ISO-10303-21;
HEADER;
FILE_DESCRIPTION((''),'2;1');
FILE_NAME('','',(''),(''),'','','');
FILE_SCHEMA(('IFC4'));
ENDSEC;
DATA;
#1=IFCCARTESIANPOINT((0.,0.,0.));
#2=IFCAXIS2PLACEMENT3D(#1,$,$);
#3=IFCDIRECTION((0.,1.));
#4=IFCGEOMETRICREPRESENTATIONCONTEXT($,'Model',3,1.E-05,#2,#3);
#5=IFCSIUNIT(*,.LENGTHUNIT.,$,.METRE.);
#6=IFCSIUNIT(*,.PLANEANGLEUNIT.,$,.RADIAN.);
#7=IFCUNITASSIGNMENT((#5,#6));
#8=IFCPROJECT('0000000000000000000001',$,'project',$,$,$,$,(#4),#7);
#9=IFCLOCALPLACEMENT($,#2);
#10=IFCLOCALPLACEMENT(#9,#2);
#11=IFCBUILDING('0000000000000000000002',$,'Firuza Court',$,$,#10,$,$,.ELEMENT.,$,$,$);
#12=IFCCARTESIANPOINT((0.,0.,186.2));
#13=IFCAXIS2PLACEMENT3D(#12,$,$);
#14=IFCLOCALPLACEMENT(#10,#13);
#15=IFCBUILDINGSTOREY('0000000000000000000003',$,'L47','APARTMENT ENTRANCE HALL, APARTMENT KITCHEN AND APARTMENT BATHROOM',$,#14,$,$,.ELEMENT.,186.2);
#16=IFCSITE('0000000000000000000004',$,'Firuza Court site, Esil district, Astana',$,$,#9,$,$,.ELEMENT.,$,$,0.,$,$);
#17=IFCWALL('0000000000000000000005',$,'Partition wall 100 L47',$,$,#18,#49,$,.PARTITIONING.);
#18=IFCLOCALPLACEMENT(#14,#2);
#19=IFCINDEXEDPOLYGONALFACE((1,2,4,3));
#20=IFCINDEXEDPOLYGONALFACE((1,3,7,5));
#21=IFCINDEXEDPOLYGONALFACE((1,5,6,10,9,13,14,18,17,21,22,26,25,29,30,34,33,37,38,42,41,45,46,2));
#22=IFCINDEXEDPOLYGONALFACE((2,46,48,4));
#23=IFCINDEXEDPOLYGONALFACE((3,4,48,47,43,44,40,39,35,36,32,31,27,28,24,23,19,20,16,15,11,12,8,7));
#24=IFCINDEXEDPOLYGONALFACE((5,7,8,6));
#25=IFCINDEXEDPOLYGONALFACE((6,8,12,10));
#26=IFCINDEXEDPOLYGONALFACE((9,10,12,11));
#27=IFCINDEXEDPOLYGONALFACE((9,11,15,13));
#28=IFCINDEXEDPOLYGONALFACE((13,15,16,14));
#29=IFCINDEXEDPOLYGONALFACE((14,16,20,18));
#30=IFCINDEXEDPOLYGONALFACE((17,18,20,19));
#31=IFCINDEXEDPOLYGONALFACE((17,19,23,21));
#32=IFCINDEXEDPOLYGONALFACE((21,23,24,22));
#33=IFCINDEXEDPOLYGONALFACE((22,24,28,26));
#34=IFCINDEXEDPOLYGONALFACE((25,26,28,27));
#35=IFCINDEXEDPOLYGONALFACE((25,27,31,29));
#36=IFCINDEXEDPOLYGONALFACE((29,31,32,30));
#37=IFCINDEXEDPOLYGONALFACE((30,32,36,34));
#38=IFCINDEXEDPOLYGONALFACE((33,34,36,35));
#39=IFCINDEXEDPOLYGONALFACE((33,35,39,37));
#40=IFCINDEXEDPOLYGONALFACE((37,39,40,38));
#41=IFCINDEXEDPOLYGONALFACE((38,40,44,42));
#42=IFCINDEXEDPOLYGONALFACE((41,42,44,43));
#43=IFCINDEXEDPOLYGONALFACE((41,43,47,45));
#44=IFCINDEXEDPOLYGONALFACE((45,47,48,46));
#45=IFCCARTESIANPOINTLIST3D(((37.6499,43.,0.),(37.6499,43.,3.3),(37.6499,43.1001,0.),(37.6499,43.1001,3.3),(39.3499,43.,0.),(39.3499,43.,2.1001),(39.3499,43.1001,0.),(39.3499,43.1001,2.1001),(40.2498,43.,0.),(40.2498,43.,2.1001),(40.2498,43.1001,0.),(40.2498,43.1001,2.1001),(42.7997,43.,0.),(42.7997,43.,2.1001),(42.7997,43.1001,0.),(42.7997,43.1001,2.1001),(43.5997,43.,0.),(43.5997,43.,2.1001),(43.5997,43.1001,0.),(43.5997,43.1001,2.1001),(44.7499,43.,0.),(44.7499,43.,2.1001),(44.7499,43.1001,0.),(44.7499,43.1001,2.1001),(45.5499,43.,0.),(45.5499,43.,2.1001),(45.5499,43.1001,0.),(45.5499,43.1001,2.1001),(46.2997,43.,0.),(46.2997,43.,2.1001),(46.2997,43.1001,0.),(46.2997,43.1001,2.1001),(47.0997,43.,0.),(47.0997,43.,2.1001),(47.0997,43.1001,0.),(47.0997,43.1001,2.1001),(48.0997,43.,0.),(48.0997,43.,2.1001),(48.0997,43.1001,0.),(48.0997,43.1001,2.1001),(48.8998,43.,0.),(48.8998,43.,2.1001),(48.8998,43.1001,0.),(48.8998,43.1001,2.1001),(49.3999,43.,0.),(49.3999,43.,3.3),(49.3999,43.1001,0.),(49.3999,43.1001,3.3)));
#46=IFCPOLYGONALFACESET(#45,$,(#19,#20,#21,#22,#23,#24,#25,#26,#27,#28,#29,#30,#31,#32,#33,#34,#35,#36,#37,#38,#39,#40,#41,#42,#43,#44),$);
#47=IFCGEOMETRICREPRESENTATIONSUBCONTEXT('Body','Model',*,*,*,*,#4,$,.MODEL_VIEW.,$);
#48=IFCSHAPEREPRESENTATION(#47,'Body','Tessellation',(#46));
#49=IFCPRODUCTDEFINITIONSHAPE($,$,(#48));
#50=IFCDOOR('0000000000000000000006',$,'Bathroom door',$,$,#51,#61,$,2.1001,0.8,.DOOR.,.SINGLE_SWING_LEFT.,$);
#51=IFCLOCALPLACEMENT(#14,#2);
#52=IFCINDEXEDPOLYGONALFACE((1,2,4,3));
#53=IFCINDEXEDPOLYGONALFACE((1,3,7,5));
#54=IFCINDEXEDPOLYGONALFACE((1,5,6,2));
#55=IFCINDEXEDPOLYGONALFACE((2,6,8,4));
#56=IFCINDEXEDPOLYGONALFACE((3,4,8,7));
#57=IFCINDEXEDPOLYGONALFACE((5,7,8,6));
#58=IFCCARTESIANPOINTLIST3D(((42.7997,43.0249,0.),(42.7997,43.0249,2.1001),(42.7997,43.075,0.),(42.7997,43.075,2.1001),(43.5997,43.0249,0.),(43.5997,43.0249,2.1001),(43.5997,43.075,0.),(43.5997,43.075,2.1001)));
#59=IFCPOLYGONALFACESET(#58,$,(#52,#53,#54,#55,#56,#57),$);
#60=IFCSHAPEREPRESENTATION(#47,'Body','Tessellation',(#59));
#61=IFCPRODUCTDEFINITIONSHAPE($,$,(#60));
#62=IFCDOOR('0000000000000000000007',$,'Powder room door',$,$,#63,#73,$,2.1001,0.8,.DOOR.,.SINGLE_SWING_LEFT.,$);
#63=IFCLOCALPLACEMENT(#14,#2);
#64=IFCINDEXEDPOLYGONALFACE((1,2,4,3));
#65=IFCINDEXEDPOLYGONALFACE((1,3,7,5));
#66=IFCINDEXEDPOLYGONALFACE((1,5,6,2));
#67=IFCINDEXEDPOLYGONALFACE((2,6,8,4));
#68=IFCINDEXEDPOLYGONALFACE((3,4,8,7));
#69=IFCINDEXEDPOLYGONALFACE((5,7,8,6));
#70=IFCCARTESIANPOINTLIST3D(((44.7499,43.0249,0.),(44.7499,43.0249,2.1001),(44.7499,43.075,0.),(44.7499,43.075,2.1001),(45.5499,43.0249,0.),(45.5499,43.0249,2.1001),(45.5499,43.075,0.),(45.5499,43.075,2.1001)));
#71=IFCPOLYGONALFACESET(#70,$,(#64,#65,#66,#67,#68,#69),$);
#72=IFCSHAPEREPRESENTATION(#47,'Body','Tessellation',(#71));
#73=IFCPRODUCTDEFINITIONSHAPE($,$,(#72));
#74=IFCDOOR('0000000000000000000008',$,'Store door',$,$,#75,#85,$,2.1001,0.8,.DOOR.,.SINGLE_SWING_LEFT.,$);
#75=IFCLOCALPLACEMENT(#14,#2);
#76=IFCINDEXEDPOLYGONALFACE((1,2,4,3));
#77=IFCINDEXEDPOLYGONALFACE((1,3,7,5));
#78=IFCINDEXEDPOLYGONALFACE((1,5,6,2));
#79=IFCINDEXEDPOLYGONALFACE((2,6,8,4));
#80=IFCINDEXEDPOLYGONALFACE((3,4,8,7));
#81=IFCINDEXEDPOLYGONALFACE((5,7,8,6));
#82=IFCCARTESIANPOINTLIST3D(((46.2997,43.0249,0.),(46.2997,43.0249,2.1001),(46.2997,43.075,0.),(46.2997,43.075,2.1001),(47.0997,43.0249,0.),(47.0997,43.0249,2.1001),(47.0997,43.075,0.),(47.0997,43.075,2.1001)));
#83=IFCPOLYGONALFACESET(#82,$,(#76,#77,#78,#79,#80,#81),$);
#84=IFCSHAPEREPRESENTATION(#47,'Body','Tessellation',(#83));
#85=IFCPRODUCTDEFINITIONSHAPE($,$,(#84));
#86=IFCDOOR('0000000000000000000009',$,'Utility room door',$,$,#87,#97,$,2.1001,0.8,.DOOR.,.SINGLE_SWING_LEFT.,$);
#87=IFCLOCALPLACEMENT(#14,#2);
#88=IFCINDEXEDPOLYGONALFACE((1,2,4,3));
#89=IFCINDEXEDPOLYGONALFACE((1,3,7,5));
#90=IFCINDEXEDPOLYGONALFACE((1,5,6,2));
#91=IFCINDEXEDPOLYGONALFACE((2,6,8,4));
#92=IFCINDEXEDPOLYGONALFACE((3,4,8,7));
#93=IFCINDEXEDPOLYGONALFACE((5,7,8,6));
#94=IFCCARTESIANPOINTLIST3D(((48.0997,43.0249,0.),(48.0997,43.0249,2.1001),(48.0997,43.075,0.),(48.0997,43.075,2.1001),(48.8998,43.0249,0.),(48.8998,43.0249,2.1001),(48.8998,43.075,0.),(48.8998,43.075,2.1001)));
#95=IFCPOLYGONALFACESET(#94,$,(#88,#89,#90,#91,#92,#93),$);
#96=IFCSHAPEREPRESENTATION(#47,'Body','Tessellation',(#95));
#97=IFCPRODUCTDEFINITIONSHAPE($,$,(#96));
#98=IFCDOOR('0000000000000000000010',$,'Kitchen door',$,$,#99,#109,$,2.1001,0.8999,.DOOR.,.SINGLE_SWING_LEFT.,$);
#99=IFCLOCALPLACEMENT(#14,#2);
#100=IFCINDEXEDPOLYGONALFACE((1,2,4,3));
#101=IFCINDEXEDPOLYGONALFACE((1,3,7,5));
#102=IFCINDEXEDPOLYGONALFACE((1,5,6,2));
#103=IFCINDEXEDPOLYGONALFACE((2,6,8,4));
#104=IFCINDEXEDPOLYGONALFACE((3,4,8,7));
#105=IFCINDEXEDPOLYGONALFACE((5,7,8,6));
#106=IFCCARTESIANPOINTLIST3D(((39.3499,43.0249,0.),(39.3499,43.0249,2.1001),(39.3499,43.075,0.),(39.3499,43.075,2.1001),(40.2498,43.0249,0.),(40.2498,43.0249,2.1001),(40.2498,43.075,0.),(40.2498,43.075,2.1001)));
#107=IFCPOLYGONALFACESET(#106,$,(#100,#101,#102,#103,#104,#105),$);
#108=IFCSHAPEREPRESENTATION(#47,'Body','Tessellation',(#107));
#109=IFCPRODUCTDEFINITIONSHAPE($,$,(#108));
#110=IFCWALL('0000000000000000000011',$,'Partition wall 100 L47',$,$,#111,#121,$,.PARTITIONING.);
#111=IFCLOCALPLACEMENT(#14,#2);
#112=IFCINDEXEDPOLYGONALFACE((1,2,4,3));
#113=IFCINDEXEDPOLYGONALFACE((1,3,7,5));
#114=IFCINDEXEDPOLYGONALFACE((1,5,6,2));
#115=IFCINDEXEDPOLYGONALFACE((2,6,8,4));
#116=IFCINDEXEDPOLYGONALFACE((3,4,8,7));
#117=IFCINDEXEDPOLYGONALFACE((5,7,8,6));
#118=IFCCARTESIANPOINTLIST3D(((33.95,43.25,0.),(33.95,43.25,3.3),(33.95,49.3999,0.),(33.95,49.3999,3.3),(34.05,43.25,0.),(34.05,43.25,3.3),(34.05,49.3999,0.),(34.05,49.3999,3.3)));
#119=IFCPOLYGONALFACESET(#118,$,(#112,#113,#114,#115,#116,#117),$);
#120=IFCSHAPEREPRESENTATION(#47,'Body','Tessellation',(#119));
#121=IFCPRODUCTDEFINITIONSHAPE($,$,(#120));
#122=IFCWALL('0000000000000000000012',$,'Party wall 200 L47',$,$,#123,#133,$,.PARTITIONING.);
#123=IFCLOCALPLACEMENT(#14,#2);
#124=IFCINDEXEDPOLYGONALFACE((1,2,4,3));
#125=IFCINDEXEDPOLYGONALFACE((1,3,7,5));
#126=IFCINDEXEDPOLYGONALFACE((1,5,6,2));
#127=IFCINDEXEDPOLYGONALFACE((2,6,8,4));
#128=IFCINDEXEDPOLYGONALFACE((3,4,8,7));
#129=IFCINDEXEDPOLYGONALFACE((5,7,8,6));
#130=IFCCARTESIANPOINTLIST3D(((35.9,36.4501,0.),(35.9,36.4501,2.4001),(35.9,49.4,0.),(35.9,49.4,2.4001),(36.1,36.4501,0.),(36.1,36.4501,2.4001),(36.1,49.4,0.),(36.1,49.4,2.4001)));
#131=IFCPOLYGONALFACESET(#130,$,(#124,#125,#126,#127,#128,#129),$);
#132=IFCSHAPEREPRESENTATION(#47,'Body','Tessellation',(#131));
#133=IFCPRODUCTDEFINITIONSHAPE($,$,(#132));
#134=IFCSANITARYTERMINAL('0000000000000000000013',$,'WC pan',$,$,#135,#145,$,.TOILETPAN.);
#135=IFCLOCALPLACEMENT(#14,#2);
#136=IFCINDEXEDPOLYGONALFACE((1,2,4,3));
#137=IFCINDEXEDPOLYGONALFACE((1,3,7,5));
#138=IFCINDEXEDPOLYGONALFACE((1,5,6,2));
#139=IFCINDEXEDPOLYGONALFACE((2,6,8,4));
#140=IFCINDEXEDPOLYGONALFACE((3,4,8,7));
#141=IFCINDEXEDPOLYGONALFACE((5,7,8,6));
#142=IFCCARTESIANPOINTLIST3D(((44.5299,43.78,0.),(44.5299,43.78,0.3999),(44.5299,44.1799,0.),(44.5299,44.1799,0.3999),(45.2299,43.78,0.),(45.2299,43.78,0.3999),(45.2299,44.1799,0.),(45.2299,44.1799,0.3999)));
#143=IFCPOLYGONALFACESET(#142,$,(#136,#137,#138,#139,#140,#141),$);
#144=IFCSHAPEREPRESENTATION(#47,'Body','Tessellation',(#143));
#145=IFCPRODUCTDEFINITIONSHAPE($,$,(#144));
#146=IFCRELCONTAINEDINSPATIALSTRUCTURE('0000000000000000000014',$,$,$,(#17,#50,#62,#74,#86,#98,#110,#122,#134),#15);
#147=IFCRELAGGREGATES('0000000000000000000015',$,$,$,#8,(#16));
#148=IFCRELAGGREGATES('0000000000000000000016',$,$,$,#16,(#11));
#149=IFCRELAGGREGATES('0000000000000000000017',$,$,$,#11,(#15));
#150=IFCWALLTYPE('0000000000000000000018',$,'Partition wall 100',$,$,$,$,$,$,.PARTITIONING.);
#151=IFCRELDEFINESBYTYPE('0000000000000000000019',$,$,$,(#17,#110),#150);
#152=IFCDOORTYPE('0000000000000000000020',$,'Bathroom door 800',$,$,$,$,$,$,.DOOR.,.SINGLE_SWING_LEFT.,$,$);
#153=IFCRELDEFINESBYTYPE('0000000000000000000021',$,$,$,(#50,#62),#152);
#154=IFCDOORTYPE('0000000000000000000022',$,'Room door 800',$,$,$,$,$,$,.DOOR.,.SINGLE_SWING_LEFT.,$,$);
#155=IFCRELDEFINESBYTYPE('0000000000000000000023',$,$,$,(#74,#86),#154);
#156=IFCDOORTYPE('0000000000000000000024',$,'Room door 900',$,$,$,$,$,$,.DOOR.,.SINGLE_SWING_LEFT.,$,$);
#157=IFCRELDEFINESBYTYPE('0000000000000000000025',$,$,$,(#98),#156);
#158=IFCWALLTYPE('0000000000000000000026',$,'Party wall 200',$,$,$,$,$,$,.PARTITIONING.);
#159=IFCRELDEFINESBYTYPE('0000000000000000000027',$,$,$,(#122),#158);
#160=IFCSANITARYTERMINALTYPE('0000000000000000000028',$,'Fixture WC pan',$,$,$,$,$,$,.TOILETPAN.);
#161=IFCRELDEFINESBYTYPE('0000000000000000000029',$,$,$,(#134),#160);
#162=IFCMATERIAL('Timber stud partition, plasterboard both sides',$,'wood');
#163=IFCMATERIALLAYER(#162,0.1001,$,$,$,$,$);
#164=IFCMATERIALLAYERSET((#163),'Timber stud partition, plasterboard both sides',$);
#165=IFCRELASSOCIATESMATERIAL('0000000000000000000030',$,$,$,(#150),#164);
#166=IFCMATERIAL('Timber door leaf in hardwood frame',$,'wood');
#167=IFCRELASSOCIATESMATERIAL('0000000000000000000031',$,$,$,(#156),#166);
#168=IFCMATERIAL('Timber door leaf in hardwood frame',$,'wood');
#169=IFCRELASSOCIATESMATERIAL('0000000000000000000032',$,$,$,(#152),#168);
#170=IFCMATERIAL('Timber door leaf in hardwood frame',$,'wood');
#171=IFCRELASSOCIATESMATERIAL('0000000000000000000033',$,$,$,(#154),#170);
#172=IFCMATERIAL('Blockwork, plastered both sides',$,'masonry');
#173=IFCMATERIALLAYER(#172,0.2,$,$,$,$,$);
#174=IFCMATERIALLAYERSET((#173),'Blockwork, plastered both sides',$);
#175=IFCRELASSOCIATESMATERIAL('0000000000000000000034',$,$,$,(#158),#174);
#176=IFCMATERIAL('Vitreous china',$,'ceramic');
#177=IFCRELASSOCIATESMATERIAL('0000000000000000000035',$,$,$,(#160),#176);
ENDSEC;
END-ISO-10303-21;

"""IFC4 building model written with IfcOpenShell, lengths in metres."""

from ifc_helpers import new_model, si_unit, direction, frame, frame_2d, origin, origin_2d, place, context, subcontext, project, spatial, rectangle, extrude, material, layer, layer_set, type_object, element, fill, save


model = new_model("IFC4")

# Units and contexts
model_context = context("Model", 3, precision=1e-05, world=origin(), true_north=direction((0.0, 1.0)))
body_context = subcontext(model_context, "Body", "Model", "MODEL_VIEW")
ifc_project = project(units=[si_unit("LENGTHUNIT", "METRE"), si_unit("PLANEANGLEUNIT", "RADIAN")], contexts=[model_context])

# Site, building, storey
site_placement = place(None, origin())
site = spatial("IfcSite", under=ifc_project, at=site_placement, Name="Firuza Court site, Esil district, Astana", CompositionType="ELEMENT", RefElevation=0.0)
building_placement = place(site_placement, origin())
building = spatial("IfcBuilding", under=site, at=building_placement, Name="Firuza Court", CompositionType="ELEMENT")
storey_placement = place(building_placement, frame((0.0, 0.0, 186.2)))
storey = spatial("IfcBuildingStorey", under=building, at=storey_placement, Name="L47", Description="APARTMENT ENTRANCE HALL, APARTMENT KITCHEN AND APARTMENT BATHROOM", CompositionType="ELEMENT", Elevation=186.2)

# Shared definitions
ifc_material_1 = material(Name="Timber stud partition, plasterboard both sides", Category="wood")
ifc_layer_1 = layer(ifc_material_1, 0.1001)
ifc_layer_set_1 = layer_set([ifc_layer_1], Name="Timber stud partition, plasterboard both sides")
wall_type_1 = type_object("IfcWallType", Name="Partition wall 100", PredefinedType="PARTITIONING", material=ifc_layer_set_1)

# Shared definitions
ifc_material_2 = material(Name="Timber door leaf in hardwood frame", Category="wood")
door_type_1 = type_object("IfcDoorType", Name="Room door 900", OperationType="SINGLE_SWING_LEFT", PredefinedType="DOOR", material=ifc_material_2)

# Wall, openings, doors
wall_1_placement = place(storey_placement, frame((37.6499, 43.05, 0.0), z_axis=(0.0, 0.0, 1.0), x_axis=(1.0, 0.0, 0.0)))
wall_1 = element("IfcWall", 1, at=wall_1_placement, inside=storey, type_object=wall_type_1, Name="Partition wall 100 L47", PredefinedType="PARTITIONING", context=body_context, shape_type="SweptSolid", body=[
    extrude(rectangle(XDim=11.75, YDim=0.1001, at=frame_2d((5.875, 0.0))), origin(), (0.0, 0.0, 1.0), 3.3),
])
opening_1_placement = place(wall_1_placement, frame((5.1499, 0.0, 0.0)))
opening_1 = element("IfcOpeningElement", 2, at=opening_1_placement, cuts=wall_1, PredefinedType="OPENING", context=body_context, shape_type="SweptSolid", body=[
    extrude(rectangle(XDim=0.8, YDim=2.1001, at=frame_2d((0.3999, 1.05))), frame((0.0, 0.062, 0.0), z_axis=(0.0, -1.0, 0.0), x_axis=(1.0, 0.0, 0.0)), (0.0, 0.0, 1.0), 0.124),
])
opening_2_placement = place(wall_1_placement, frame((1.7, 0.0, 0.0)))
opening_2 = element("IfcOpeningElement", 3, at=opening_2_placement, cuts=wall_1, PredefinedType="OPENING", context=body_context, shape_type="SweptSolid", body=[
    extrude(rectangle(XDim=0.8999, YDim=2.1001, at=frame_2d((0.45, 1.05))), frame((0.0, 0.062, 0.0), z_axis=(0.0, -1.0, 0.0), x_axis=(1.0, 0.0, 0.0)), (0.0, 0.0, 1.0), 0.124),
])
opening_3_placement = place(wall_1_placement, frame((8.6499, 0.0, 0.0)))
opening_3 = element("IfcOpeningElement", 4, at=opening_3_placement, cuts=wall_1, PredefinedType="OPENING", context=body_context, shape_type="SweptSolid", body=[
    extrude(rectangle(XDim=0.8, YDim=2.1001, at=frame_2d((0.3999, 1.05))), frame((0.0, 0.062, 0.0), z_axis=(0.0, -1.0, 0.0), x_axis=(1.0, 0.0, 0.0)), (0.0, 0.0, 1.0), 0.124),
])
opening_4_placement = place(wall_1_placement, frame((10.45, 0.0, 0.0)))
opening_4 = element("IfcOpeningElement", 5, at=opening_4_placement, cuts=wall_1, PredefinedType="OPENING", context=body_context, shape_type="SweptSolid", body=[
    extrude(rectangle(XDim=0.8, YDim=2.1001, at=frame_2d((0.3999, 1.05))), frame((0.0, 0.062, 0.0), z_axis=(0.0, -1.0, 0.0), x_axis=(1.0, 0.0, 0.0)), (0.0, 0.0, 1.0), 0.124),
])
opening_5_placement = place(wall_1_placement, frame((7.1001, 0.0, 0.0)))
opening_5 = element("IfcOpeningElement", 6, at=opening_5_placement, cuts=wall_1, PredefinedType="OPENING", context=body_context, shape_type="SweptSolid", body=[
    extrude(rectangle(XDim=0.8, YDim=2.1001, at=frame_2d((0.3999, 1.05))), frame((0.0, 0.062, 0.0), z_axis=(0.0, -1.0, 0.0), x_axis=(1.0, 0.0, 0.0)), (0.0, 0.0, 1.0), 0.124),
])
ifc_material_3 = material(Name="Timber door leaf in hardwood frame", Category="wood")
door_type_2 = type_object("IfcDoorType", Name="Bathroom door 800", OperationType="SINGLE_SWING_LEFT", PredefinedType="DOOR", material=ifc_material_3)
door_1_placement = place(opening_1_placement, origin())
door_1 = element("IfcDoor", 7, at=door_1_placement, inside=storey, type_object=door_type_2, Name="Bathroom door", OperationType="SINGLE_SWING_LEFT", OverallHeight=2.1001, OverallWidth=0.8, PredefinedType="DOOR", context=body_context, shape_type="SweptSolid", body=[
    extrude(rectangle(XDim=0.8, YDim=2.1001, at=frame_2d((0.3999, 1.05))), frame((0.0, 0.0249, 0.0), z_axis=(0.0, -1.0, 0.0), x_axis=(1.0, 0.0, 0.0)), (0.0, 0.0, 1.0), 0.05),
])
fill(opening_1, door_1)
door_2_placement = place(opening_5_placement, origin())
door_2 = element("IfcDoor", 8, at=door_2_placement, inside=storey, type_object=door_type_2, Name="Powder room door", OperationType="SINGLE_SWING_LEFT", OverallHeight=2.1001, OverallWidth=0.8, PredefinedType="DOOR", context=body_context, shape_type="SweptSolid", body=[
    extrude(rectangle(XDim=0.8, YDim=2.1001, at=frame_2d((0.3999, 1.05))), frame((0.0, 0.0249, 0.0), z_axis=(0.0, -1.0, 0.0), x_axis=(1.0, 0.0, 0.0)), (0.0, 0.0, 1.0), 0.05),
])
fill(opening_5, door_2)
ifc_material_4 = material(Name="Timber door leaf in hardwood frame", Category="wood")
door_type_3 = type_object("IfcDoorType", Name="Room door 800", OperationType="SINGLE_SWING_LEFT", PredefinedType="DOOR", material=ifc_material_4)
door_3_placement = place(opening_3_placement, origin())
door_3 = element("IfcDoor", 9, at=door_3_placement, inside=storey, type_object=door_type_3, Name="Store door", OperationType="SINGLE_SWING_LEFT", OverallHeight=2.1001, OverallWidth=0.8, PredefinedType="DOOR", context=body_context, shape_type="SweptSolid", body=[
    extrude(rectangle(XDim=0.8, YDim=2.1001, at=frame_2d((0.3999, 1.05))), frame((0.0, 0.0249, 0.0), z_axis=(0.0, -1.0, 0.0), x_axis=(1.0, 0.0, 0.0)), (0.0, 0.0, 1.0), 0.05),
])
fill(opening_3, door_3)
door_4_placement = place(opening_4_placement, origin())
door_4 = element("IfcDoor", 10, at=door_4_placement, inside=storey, type_object=door_type_3, Name="Utility room door", OperationType="SINGLE_SWING_LEFT", OverallHeight=2.1001, OverallWidth=0.8, PredefinedType="DOOR", context=body_context, shape_type="SweptSolid", body=[
    extrude(rectangle(XDim=0.8, YDim=2.1001, at=frame_2d((0.3999, 1.05))), frame((0.0, 0.0249, 0.0), z_axis=(0.0, -1.0, 0.0), x_axis=(1.0, 0.0, 0.0)), (0.0, 0.0, 1.0), 0.05),
])
fill(opening_4, door_4)
door_5_placement = place(opening_2_placement, origin())
door_5 = element("IfcDoor", 11, at=door_5_placement, inside=storey, type_object=door_type_1, Name="Kitchen door", OperationType="SINGLE_SWING_LEFT", OverallHeight=2.1001, OverallWidth=0.8999, PredefinedType="DOOR", context=body_context, shape_type="SweptSolid", body=[
    extrude(rectangle(XDim=0.8999, YDim=2.1001, at=frame_2d((0.45, 1.05))), frame((0.0, 0.0249, 0.0), z_axis=(0.0, -1.0, 0.0), x_axis=(1.0, 0.0, 0.0)), (0.0, 0.0, 1.0), 0.05),
])
fill(opening_2, door_5)

# Walls
wall_2_placement = place(storey_placement, frame((34.0, 43.25, 0.0), z_axis=(0.0, 0.0, 1.0), x_axis=(0.0, 1.0, 0.0)))
element("IfcWall", 12, at=wall_2_placement, inside=storey, type_object=wall_type_1, Name="Partition wall 100 L47", PredefinedType="PARTITIONING", context=body_context, shape_type="SweptSolid", body=[
    extrude(rectangle(XDim=6.1499, YDim=0.1001, at=frame_2d((3.075, 0.0))), origin(), (0.0, 0.0, 1.0), 3.3),
])
ifc_material_5 = material(Name="Blockwork, plastered both sides", Category="masonry")
ifc_layer_2 = layer(ifc_material_5, 0.2)
ifc_layer_set_2 = layer_set([ifc_layer_2], Name="Blockwork, plastered both sides")
wall_type_2 = type_object("IfcWallType", Name="Party wall 200", PredefinedType="PARTITIONING", material=ifc_layer_set_2)
wall_3_placement = place(storey_placement, frame((36.0, 36.45, 0.0), z_axis=(0.0, 0.0, 1.0), x_axis=(0.0, 1.0, 0.0)))
element("IfcWall", 13, at=wall_3_placement, inside=storey, type_object=wall_type_2, Name="Party wall 200 L47", PredefinedType="PARTITIONING", context=body_context, shape_type="SweptSolid", body=[
    extrude(rectangle(XDim=12.95, YDim=0.2, at=frame_2d((6.4751, 0.0))), origin(), (0.0, 0.0, 1.0), 2.4001),
])

# Sanitary terminal
ifc_material_6 = material(Name="Vitreous china", Category="ceramic")
sanitary_terminal_type = type_object("IfcSanitaryTerminalType", Name="Fixture WC pan", PredefinedType="TOILETPAN", material=ifc_material_6)
sanitary_terminal_placement = place(storey_placement, frame((44.8799, 43.98, 0.0), z_axis=(0.0, 0.0, 1.0), x_axis=(1.0, 0.0, 0.0)))
element("IfcSanitaryTerminal", 14, at=sanitary_terminal_placement, inside=storey, type_object=sanitary_terminal_type, Name="WC pan", PredefinedType="TOILETPAN", context=body_context, shape_type="SweptSolid", body=[
    extrude(rectangle(XDim=0.7, YDim=0.3999, at=origin_2d()), origin(), (0.0, 0.0, 1.0), 0.3999),
])

save(model, "model.ifc")
